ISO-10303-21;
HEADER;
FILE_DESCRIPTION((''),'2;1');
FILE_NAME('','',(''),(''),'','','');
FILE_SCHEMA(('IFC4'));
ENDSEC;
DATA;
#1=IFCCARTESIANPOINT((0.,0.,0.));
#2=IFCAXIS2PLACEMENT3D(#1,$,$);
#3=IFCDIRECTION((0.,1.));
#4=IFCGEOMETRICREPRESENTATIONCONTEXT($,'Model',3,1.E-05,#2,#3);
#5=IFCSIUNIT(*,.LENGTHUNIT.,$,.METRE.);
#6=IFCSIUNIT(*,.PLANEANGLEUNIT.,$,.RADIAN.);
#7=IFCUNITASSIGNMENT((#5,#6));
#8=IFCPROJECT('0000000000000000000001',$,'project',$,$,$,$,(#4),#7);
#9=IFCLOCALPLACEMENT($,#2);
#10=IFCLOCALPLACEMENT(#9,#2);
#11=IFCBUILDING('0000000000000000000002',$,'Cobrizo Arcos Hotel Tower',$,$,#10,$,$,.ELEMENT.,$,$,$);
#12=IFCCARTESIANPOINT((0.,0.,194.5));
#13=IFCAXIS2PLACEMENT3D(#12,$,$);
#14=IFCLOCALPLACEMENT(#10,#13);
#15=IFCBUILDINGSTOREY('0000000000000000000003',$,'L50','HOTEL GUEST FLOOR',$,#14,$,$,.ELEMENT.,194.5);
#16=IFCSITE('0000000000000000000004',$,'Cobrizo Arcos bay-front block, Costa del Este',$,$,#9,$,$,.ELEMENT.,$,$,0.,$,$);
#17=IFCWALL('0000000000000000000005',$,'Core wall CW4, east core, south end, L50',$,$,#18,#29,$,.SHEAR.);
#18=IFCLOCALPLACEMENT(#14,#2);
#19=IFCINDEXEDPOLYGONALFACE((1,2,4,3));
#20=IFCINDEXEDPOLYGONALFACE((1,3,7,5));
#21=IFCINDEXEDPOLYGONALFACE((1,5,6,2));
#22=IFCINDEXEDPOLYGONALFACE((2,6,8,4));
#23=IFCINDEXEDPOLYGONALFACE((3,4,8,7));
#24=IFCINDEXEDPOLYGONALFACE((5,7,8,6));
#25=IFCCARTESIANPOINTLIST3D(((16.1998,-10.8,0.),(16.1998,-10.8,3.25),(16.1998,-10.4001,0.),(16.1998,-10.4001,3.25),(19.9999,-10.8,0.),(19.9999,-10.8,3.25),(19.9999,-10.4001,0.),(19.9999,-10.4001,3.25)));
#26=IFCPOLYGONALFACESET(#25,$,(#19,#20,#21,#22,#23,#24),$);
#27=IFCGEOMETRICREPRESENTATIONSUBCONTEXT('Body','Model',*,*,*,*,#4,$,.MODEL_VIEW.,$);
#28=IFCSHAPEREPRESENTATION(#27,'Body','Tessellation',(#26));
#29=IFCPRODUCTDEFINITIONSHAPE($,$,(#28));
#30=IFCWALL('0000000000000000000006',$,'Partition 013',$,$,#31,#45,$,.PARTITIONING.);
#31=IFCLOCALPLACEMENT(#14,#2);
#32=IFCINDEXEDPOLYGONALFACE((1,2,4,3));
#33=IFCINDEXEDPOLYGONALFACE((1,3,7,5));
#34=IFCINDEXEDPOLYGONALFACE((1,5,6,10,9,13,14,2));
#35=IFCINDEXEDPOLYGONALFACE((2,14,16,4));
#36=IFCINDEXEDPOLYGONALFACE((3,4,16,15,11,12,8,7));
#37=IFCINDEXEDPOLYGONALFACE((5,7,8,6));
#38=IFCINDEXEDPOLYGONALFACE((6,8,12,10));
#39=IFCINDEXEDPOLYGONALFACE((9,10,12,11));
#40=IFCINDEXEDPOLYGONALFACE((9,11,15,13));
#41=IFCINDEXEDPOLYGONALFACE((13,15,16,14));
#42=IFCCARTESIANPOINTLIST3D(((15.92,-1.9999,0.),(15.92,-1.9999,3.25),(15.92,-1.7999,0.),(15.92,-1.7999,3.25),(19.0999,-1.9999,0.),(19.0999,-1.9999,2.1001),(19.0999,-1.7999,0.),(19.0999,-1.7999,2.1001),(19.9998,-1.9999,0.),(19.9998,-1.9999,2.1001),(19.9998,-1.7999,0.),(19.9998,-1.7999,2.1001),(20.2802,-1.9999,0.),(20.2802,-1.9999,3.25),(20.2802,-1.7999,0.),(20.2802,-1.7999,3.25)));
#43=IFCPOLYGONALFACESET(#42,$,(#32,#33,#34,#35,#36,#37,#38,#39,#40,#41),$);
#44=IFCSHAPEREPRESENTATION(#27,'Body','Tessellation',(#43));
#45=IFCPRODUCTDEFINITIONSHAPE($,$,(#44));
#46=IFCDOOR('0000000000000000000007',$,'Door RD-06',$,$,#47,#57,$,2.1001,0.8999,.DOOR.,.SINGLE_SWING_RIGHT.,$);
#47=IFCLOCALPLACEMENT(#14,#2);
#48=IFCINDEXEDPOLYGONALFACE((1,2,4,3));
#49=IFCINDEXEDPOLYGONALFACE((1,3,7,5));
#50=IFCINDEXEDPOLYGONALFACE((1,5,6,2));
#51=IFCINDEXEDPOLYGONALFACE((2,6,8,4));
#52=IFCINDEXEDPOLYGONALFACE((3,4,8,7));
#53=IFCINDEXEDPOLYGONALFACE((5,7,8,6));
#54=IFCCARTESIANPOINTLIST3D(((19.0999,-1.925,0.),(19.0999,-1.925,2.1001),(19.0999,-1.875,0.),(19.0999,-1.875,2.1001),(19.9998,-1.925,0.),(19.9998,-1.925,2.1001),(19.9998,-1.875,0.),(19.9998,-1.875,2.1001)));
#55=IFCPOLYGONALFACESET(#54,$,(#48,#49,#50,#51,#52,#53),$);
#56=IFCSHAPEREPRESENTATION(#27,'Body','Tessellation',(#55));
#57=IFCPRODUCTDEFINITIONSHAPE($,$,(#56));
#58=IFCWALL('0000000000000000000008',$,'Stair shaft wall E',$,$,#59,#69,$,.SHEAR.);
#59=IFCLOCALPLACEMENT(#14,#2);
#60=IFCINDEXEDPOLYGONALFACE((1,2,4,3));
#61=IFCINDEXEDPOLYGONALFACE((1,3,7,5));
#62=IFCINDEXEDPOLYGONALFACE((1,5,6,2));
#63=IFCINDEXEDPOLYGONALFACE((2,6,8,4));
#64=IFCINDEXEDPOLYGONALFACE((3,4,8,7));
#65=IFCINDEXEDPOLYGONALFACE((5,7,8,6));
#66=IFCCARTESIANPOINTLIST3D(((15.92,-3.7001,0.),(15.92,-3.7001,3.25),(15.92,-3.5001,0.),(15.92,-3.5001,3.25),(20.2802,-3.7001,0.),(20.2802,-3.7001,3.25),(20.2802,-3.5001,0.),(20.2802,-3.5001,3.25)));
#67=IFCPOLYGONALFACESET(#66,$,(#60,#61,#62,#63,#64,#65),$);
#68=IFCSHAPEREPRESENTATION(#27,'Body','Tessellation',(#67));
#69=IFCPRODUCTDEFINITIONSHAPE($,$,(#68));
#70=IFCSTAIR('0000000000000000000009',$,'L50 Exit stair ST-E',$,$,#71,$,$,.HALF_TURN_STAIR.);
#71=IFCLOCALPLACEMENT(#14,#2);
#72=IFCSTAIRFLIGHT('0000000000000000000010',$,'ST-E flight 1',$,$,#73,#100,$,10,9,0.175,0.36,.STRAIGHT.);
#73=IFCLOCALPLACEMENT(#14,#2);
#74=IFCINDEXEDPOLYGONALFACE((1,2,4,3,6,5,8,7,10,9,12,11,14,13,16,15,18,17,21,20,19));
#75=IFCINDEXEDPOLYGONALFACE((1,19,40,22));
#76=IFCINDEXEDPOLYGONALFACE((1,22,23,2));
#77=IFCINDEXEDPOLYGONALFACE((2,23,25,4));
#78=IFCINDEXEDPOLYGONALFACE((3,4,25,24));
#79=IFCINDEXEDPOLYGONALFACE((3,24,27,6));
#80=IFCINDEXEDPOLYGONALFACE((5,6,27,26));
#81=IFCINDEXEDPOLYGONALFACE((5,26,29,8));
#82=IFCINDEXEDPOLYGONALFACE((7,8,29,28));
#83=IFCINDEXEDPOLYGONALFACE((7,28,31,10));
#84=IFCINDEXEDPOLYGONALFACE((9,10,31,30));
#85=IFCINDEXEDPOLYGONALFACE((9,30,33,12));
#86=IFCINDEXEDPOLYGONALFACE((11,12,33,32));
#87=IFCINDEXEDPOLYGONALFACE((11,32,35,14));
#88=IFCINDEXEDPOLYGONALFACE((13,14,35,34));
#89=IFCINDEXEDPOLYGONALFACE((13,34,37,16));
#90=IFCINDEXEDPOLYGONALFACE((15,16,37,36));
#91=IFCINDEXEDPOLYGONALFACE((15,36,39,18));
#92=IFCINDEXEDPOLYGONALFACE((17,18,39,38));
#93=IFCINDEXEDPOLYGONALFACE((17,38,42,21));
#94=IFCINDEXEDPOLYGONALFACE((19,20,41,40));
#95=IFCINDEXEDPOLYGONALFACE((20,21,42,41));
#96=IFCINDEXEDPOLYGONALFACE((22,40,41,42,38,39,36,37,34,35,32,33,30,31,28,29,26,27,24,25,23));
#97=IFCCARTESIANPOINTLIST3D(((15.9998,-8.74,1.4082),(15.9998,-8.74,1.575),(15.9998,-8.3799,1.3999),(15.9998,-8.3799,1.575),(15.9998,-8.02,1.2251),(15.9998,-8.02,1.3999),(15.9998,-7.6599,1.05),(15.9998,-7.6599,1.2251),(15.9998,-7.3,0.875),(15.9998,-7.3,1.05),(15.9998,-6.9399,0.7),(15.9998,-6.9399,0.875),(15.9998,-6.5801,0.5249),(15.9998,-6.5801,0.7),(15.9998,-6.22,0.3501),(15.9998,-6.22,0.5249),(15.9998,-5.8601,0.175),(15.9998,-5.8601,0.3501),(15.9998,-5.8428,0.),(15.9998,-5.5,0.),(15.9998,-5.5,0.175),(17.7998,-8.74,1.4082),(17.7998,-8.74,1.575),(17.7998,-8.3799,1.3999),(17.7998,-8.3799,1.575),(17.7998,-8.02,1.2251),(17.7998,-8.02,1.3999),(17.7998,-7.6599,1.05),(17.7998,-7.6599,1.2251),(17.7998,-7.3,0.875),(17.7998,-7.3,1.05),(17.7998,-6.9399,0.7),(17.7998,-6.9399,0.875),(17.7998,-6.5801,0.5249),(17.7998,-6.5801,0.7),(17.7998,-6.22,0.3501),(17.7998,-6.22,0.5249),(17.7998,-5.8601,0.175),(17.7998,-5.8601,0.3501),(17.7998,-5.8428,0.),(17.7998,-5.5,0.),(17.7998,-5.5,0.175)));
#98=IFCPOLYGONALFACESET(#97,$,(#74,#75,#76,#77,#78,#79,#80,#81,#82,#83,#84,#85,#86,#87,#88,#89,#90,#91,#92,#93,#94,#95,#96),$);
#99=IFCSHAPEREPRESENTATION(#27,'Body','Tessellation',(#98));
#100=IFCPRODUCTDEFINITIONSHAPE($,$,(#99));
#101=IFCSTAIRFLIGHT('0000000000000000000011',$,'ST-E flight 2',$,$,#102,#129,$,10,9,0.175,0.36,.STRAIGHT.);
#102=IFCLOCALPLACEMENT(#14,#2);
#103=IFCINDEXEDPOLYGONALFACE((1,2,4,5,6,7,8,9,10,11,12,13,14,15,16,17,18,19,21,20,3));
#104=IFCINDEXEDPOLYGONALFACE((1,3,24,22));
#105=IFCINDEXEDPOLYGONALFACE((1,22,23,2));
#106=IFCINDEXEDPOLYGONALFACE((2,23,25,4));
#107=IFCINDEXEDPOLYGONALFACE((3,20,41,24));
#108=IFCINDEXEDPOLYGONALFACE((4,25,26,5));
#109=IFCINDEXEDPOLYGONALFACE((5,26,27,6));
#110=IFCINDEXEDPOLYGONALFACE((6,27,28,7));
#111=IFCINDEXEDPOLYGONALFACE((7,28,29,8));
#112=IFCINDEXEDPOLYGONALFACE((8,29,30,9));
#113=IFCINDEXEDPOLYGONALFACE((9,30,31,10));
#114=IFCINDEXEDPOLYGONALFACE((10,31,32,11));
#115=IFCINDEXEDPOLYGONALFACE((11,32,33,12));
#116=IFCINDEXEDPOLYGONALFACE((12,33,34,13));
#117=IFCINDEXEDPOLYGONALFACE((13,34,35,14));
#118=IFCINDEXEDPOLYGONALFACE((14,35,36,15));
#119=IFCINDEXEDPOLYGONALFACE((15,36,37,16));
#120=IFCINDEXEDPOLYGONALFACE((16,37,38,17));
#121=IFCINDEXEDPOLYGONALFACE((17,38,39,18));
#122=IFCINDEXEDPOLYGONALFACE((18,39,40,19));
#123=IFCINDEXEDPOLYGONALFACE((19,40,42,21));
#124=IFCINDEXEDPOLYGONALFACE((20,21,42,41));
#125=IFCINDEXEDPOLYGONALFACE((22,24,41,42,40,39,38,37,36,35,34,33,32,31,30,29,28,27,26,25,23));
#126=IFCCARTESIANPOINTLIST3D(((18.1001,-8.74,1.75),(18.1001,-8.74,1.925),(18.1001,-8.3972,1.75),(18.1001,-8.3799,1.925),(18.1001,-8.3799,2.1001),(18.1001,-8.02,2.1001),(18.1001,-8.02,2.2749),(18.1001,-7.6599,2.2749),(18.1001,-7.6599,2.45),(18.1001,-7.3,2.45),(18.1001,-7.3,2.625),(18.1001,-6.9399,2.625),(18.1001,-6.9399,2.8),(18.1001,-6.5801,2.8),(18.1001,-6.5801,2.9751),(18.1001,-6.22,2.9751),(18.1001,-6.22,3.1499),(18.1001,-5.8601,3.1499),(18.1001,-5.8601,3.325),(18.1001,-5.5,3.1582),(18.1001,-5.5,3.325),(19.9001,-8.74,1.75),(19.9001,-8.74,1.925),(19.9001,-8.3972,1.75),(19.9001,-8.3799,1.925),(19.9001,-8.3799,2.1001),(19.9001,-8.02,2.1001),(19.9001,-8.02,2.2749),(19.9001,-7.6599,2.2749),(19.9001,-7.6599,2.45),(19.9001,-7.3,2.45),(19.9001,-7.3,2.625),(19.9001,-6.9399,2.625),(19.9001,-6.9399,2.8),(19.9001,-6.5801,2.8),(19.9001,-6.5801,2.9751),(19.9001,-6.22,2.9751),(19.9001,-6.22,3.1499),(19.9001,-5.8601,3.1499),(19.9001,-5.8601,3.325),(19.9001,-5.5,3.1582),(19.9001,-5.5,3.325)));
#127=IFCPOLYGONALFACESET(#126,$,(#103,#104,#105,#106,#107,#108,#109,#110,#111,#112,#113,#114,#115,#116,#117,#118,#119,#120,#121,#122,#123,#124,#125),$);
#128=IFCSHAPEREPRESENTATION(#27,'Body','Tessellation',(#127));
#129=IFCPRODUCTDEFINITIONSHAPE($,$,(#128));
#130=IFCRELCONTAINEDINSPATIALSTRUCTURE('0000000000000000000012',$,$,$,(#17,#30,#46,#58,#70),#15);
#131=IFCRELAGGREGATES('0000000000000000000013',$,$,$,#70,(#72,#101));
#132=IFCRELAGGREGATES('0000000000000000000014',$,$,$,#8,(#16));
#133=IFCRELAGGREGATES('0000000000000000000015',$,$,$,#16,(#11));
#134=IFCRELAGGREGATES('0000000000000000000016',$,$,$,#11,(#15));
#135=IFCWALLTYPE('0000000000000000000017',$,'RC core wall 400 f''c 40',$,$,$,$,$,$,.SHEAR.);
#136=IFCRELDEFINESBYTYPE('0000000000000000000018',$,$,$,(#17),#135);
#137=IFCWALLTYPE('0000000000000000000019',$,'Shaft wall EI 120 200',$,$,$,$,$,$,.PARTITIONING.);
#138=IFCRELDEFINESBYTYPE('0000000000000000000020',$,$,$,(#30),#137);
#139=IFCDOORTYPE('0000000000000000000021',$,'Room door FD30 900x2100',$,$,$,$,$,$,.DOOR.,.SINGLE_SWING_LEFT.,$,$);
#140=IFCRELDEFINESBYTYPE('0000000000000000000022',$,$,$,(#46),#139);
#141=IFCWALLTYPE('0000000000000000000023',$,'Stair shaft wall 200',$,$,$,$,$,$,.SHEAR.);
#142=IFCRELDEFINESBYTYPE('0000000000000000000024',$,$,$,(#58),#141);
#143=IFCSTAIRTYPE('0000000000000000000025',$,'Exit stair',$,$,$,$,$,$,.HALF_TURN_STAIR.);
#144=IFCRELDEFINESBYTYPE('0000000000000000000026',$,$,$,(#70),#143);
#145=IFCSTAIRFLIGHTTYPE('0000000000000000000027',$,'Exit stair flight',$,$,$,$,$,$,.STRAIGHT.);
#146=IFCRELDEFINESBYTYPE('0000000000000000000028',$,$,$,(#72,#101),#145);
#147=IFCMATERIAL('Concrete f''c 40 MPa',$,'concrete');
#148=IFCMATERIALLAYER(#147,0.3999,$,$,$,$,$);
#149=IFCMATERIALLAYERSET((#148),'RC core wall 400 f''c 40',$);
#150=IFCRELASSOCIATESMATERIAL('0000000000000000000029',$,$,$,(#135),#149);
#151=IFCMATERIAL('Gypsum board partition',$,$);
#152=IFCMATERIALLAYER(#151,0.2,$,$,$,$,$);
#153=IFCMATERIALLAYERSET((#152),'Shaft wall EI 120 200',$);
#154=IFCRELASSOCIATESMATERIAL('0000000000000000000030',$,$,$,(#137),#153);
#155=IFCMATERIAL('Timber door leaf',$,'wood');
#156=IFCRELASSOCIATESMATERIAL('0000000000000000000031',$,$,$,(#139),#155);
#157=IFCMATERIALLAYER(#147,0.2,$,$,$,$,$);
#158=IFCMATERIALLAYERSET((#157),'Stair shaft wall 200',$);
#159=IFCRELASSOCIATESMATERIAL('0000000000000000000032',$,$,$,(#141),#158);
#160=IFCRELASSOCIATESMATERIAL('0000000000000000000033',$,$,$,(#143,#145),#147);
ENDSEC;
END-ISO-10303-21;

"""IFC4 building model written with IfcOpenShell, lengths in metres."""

from ifc_helpers import new_model, si_unit, direction, frame, frame_2d, origin, place, context, subcontext, project, spatial, polyline, rectangle, outline, extrude, material, layer, layer_set, type_object, element, fill, aggregate, save


model = new_model("IFC4")

# Units and contexts
model_context = context("Model", 3, precision=1e-05, world=origin(), true_north=direction((0.0, 1.0)))
body_context = subcontext(model_context, "Body", "Model", "MODEL_VIEW")
ifc_project = project(units=[si_unit("LENGTHUNIT", "METRE"), si_unit("PLANEANGLEUNIT", "RADIAN")], contexts=[model_context])

# Site, building, storey
site_placement = place(None, origin())
site = spatial("IfcSite", under=ifc_project, at=site_placement, Name="Cobrizo Arcos bay-front block, Costa del Este", CompositionType="ELEMENT", RefElevation=0.0)
building_placement = place(site_placement, origin())
building = spatial("IfcBuilding", under=site, at=building_placement, Name="Cobrizo Arcos Hotel Tower", CompositionType="ELEMENT")
storey_placement = place(building_placement, frame((0.0, 0.0, 194.5)))
storey = spatial("IfcBuildingStorey", under=building, at=storey_placement, Name="L50", Description="HOTEL GUEST FLOOR", CompositionType="ELEMENT", Elevation=194.5)

# Wall
ifc_material_1 = material(Name="Concrete f'c 40 MPa", Category="concrete")
ifc_layer_1 = layer(ifc_material_1, 0.3999)
ifc_layer_set_1 = layer_set([ifc_layer_1], Name="RC core wall 400 f'c 40")
wall_type_1 = type_object("IfcWallType", Name="RC core wall 400 f'c 40", PredefinedType="SHEAR", material=ifc_layer_set_1)
wall_1_placement = place(storey_placement, frame((16.2, -10.6001, 0.0), z_axis=(0.0, 0.0, 1.0), x_axis=(1.0, 0.0, 0.0)))
element("IfcWall", 1, at=wall_1_placement, inside=storey, type_object=wall_type_1, Name="Core wall CW4, east core, south end, L50", PredefinedType="SHEAR", context=body_context, shape_type="SweptSolid", body=[
    extrude(rectangle(XDim=3.8, YDim=0.3999, at=frame_2d((1.8999, 0.0))), origin(), (0.0, 0.0, 1.0), 3.25),
])

# Wall, opening, door
ifc_material_2 = material(Name="Gypsum board partition")
ifc_layer_2 = layer(ifc_material_2, 0.2)
ifc_layer_set_2 = layer_set([ifc_layer_2], Name="Shaft wall EI 120 200")
wall_type_2 = type_object("IfcWallType", Name="Shaft wall EI 120 200", PredefinedType="PARTITIONING", material=ifc_layer_set_2)
wall_2_placement = place(storey_placement, frame((15.9199, -1.8999, 0.0), z_axis=(0.0, 0.0, 1.0), x_axis=(1.0, 0.0, 0.0)))
wall_2 = element("IfcWall", 2, at=wall_2_placement, inside=storey, type_object=wall_type_2, Name="Partition 013", PredefinedType="PARTITIONING", context=body_context, shape_type="SweptSolid", body=[
    extrude(rectangle(XDim=4.3601, YDim=0.2, at=frame_2d((2.1802, 0.0))), origin(), (0.0, 0.0, 1.0), 3.25),
])
opening_placement = place(wall_2_placement, frame((3.1799, 0.0, 0.0)))
opening = element("IfcOpeningElement", 3, at=opening_placement, cuts=wall_2, PredefinedType="OPENING", context=body_context, shape_type="SweptSolid", body=[
    extrude(rectangle(XDim=0.8999, YDim=2.1001, at=frame_2d((0.45, 1.05))), frame((0.0, 0.1121, 0.0), z_axis=(0.0, -1.0, 0.0), x_axis=(1.0, 0.0, 0.0)), (0.0, 0.0, 1.0), 0.2239),
])
ifc_material_3 = material(Name="Timber door leaf", Category="wood")
door_type = type_object("IfcDoorType", Name="Room door FD30 900x2100", OperationType="SINGLE_SWING_LEFT", PredefinedType="DOOR", material=ifc_material_3)
door_placement = place(opening_placement, origin())
door = element("IfcDoor", 4, at=door_placement, inside=storey, type_object=door_type, Name="Door RD-06", OperationType="SINGLE_SWING_RIGHT", OverallHeight=2.1001, OverallWidth=0.8999, PredefinedType="DOOR", context=body_context, shape_type="SweptSolid", body=[
    extrude(rectangle(XDim=0.8999, YDim=2.1001, at=frame_2d((0.45, 1.05))), frame((0.0, 0.0249, 0.0), z_axis=(0.0, -1.0, 0.0), x_axis=(1.0, 0.0, 0.0)), (0.0, 0.0, 1.0), 0.05),
])
fill(opening, door)

# Wall
ifc_layer_3 = layer(ifc_material_1, 0.2)
ifc_layer_set_3 = layer_set([ifc_layer_3], Name="Stair shaft wall 200")
wall_type_3 = type_object("IfcWallType", Name="Stair shaft wall 200", PredefinedType="SHEAR", material=ifc_layer_set_3)
wall_3_placement = place(storey_placement, frame((15.9199, -3.6001, 0.0), z_axis=(0.0, 0.0, 1.0), x_axis=(1.0, 0.0, 0.0)))
element("IfcWall", 5, at=wall_3_placement, inside=storey, type_object=wall_type_3, Name="Stair shaft wall E", PredefinedType="SHEAR", context=body_context, shape_type="SweptSolid", body=[
    extrude(rectangle(XDim=4.3601, YDim=0.2, at=frame_2d((2.1802, 0.0))), origin(), (0.0, 0.0, 1.0), 3.25),
])

# Stair, stair flights
stair_type = type_object("IfcStairType", Name="Exit stair", PredefinedType="HALF_TURN_STAIR", material=ifc_material_1)
stair_placement = place(storey_placement, origin())
stair = element("IfcStair", 6, at=stair_placement, inside=storey, type_object=stair_type, Name="L50 Exit stair ST-E", PredefinedType="HALF_TURN_STAIR")
stair_flight_type = type_object("IfcStairFlightType", Name="Exit stair flight", PredefinedType="STRAIGHT", material=ifc_material_1)
stair_flight_1_placement = place(storey_placement, frame((16.8999, -5.5, 0.0), z_axis=(0.0, 0.0, 1.0), x_axis=(0.0, -1.0, 0.0)))
stair_flight_1 = element("IfcStairFlight", 7, at=stair_flight_1_placement, type_object=stair_flight_type, Name="ST-E flight 1", NumberOfRisers=10, NumberOfTreads=9, PredefinedType="STRAIGHT", RiserHeight=0.175, TreadLength=0.36, context=body_context, shape_type="SweptSolid", body=[
    extrude(outline(polyline([(0.0, 0.0), (0.0, 0.175), (0.3601, 0.175), (0.3601, 0.3501), (0.72, 0.3501), (0.72, 0.5249), (1.0801, 0.5249), (1.0801, 0.7), (1.4399, 0.7), (1.4399, 0.875), (1.8, 0.875), (1.8, 1.05), (2.1599, 1.05), (2.1599, 1.2251), (2.52, 1.2251), (2.52, 1.3999), (2.8799, 1.3999), (2.8799, 1.575), (3.24, 1.575), (3.24, 1.75), (3.24, 1.4082), (0.3428, 0.0), (0.0, 0.0)])), frame((0.0, 0.8999, 0.0), z_axis=(0.0, -1.0, 0.0), x_axis=(1.0, 0.0, 0.0)), (0.0, 0.0, 1.0), 1.8),
])
stair_flight_2_placement = place(storey_placement, frame((19.0, -8.74, 1.75), z_axis=(0.0, 0.0, 1.0), x_axis=(0.0, 1.0, 0.0)))
stair_flight_2 = element("IfcStairFlight", 8, at=stair_flight_2_placement, type_object=stair_flight_type, Name="ST-E flight 2", NumberOfRisers=10, NumberOfTreads=9, PredefinedType="STRAIGHT", RiserHeight=0.175, TreadLength=0.36, context=body_context, shape_type="SweptSolid", body=[
    extrude(outline(polyline([(0.0, 0.0), (0.0, 0.175), (0.3601, 0.175), (0.3601, 0.3501), (0.72, 0.3501), (0.72, 0.5249), (1.0801, 0.5249), (1.0801, 0.7), (1.4399, 0.7), (1.4399, 0.875), (1.8, 0.875), (1.8, 1.05), (2.1599, 1.05), (2.1599, 1.2251), (2.52, 1.2251), (2.52, 1.3999), (2.8799, 1.3999), (2.8799, 1.575), (3.24, 1.575), (3.24, 1.75), (3.24, 1.4082), (0.3428, 0.0), (0.0, 0.0)])), frame((0.0, 0.8999, 0.0), z_axis=(0.0, -1.0, 0.0), x_axis=(1.0, 0.0, 0.0)), (0.0, 0.0, 1.0), 1.8),
])
aggregate(stair, [stair_flight_1, stair_flight_2])

save(model, "model.ifc")
